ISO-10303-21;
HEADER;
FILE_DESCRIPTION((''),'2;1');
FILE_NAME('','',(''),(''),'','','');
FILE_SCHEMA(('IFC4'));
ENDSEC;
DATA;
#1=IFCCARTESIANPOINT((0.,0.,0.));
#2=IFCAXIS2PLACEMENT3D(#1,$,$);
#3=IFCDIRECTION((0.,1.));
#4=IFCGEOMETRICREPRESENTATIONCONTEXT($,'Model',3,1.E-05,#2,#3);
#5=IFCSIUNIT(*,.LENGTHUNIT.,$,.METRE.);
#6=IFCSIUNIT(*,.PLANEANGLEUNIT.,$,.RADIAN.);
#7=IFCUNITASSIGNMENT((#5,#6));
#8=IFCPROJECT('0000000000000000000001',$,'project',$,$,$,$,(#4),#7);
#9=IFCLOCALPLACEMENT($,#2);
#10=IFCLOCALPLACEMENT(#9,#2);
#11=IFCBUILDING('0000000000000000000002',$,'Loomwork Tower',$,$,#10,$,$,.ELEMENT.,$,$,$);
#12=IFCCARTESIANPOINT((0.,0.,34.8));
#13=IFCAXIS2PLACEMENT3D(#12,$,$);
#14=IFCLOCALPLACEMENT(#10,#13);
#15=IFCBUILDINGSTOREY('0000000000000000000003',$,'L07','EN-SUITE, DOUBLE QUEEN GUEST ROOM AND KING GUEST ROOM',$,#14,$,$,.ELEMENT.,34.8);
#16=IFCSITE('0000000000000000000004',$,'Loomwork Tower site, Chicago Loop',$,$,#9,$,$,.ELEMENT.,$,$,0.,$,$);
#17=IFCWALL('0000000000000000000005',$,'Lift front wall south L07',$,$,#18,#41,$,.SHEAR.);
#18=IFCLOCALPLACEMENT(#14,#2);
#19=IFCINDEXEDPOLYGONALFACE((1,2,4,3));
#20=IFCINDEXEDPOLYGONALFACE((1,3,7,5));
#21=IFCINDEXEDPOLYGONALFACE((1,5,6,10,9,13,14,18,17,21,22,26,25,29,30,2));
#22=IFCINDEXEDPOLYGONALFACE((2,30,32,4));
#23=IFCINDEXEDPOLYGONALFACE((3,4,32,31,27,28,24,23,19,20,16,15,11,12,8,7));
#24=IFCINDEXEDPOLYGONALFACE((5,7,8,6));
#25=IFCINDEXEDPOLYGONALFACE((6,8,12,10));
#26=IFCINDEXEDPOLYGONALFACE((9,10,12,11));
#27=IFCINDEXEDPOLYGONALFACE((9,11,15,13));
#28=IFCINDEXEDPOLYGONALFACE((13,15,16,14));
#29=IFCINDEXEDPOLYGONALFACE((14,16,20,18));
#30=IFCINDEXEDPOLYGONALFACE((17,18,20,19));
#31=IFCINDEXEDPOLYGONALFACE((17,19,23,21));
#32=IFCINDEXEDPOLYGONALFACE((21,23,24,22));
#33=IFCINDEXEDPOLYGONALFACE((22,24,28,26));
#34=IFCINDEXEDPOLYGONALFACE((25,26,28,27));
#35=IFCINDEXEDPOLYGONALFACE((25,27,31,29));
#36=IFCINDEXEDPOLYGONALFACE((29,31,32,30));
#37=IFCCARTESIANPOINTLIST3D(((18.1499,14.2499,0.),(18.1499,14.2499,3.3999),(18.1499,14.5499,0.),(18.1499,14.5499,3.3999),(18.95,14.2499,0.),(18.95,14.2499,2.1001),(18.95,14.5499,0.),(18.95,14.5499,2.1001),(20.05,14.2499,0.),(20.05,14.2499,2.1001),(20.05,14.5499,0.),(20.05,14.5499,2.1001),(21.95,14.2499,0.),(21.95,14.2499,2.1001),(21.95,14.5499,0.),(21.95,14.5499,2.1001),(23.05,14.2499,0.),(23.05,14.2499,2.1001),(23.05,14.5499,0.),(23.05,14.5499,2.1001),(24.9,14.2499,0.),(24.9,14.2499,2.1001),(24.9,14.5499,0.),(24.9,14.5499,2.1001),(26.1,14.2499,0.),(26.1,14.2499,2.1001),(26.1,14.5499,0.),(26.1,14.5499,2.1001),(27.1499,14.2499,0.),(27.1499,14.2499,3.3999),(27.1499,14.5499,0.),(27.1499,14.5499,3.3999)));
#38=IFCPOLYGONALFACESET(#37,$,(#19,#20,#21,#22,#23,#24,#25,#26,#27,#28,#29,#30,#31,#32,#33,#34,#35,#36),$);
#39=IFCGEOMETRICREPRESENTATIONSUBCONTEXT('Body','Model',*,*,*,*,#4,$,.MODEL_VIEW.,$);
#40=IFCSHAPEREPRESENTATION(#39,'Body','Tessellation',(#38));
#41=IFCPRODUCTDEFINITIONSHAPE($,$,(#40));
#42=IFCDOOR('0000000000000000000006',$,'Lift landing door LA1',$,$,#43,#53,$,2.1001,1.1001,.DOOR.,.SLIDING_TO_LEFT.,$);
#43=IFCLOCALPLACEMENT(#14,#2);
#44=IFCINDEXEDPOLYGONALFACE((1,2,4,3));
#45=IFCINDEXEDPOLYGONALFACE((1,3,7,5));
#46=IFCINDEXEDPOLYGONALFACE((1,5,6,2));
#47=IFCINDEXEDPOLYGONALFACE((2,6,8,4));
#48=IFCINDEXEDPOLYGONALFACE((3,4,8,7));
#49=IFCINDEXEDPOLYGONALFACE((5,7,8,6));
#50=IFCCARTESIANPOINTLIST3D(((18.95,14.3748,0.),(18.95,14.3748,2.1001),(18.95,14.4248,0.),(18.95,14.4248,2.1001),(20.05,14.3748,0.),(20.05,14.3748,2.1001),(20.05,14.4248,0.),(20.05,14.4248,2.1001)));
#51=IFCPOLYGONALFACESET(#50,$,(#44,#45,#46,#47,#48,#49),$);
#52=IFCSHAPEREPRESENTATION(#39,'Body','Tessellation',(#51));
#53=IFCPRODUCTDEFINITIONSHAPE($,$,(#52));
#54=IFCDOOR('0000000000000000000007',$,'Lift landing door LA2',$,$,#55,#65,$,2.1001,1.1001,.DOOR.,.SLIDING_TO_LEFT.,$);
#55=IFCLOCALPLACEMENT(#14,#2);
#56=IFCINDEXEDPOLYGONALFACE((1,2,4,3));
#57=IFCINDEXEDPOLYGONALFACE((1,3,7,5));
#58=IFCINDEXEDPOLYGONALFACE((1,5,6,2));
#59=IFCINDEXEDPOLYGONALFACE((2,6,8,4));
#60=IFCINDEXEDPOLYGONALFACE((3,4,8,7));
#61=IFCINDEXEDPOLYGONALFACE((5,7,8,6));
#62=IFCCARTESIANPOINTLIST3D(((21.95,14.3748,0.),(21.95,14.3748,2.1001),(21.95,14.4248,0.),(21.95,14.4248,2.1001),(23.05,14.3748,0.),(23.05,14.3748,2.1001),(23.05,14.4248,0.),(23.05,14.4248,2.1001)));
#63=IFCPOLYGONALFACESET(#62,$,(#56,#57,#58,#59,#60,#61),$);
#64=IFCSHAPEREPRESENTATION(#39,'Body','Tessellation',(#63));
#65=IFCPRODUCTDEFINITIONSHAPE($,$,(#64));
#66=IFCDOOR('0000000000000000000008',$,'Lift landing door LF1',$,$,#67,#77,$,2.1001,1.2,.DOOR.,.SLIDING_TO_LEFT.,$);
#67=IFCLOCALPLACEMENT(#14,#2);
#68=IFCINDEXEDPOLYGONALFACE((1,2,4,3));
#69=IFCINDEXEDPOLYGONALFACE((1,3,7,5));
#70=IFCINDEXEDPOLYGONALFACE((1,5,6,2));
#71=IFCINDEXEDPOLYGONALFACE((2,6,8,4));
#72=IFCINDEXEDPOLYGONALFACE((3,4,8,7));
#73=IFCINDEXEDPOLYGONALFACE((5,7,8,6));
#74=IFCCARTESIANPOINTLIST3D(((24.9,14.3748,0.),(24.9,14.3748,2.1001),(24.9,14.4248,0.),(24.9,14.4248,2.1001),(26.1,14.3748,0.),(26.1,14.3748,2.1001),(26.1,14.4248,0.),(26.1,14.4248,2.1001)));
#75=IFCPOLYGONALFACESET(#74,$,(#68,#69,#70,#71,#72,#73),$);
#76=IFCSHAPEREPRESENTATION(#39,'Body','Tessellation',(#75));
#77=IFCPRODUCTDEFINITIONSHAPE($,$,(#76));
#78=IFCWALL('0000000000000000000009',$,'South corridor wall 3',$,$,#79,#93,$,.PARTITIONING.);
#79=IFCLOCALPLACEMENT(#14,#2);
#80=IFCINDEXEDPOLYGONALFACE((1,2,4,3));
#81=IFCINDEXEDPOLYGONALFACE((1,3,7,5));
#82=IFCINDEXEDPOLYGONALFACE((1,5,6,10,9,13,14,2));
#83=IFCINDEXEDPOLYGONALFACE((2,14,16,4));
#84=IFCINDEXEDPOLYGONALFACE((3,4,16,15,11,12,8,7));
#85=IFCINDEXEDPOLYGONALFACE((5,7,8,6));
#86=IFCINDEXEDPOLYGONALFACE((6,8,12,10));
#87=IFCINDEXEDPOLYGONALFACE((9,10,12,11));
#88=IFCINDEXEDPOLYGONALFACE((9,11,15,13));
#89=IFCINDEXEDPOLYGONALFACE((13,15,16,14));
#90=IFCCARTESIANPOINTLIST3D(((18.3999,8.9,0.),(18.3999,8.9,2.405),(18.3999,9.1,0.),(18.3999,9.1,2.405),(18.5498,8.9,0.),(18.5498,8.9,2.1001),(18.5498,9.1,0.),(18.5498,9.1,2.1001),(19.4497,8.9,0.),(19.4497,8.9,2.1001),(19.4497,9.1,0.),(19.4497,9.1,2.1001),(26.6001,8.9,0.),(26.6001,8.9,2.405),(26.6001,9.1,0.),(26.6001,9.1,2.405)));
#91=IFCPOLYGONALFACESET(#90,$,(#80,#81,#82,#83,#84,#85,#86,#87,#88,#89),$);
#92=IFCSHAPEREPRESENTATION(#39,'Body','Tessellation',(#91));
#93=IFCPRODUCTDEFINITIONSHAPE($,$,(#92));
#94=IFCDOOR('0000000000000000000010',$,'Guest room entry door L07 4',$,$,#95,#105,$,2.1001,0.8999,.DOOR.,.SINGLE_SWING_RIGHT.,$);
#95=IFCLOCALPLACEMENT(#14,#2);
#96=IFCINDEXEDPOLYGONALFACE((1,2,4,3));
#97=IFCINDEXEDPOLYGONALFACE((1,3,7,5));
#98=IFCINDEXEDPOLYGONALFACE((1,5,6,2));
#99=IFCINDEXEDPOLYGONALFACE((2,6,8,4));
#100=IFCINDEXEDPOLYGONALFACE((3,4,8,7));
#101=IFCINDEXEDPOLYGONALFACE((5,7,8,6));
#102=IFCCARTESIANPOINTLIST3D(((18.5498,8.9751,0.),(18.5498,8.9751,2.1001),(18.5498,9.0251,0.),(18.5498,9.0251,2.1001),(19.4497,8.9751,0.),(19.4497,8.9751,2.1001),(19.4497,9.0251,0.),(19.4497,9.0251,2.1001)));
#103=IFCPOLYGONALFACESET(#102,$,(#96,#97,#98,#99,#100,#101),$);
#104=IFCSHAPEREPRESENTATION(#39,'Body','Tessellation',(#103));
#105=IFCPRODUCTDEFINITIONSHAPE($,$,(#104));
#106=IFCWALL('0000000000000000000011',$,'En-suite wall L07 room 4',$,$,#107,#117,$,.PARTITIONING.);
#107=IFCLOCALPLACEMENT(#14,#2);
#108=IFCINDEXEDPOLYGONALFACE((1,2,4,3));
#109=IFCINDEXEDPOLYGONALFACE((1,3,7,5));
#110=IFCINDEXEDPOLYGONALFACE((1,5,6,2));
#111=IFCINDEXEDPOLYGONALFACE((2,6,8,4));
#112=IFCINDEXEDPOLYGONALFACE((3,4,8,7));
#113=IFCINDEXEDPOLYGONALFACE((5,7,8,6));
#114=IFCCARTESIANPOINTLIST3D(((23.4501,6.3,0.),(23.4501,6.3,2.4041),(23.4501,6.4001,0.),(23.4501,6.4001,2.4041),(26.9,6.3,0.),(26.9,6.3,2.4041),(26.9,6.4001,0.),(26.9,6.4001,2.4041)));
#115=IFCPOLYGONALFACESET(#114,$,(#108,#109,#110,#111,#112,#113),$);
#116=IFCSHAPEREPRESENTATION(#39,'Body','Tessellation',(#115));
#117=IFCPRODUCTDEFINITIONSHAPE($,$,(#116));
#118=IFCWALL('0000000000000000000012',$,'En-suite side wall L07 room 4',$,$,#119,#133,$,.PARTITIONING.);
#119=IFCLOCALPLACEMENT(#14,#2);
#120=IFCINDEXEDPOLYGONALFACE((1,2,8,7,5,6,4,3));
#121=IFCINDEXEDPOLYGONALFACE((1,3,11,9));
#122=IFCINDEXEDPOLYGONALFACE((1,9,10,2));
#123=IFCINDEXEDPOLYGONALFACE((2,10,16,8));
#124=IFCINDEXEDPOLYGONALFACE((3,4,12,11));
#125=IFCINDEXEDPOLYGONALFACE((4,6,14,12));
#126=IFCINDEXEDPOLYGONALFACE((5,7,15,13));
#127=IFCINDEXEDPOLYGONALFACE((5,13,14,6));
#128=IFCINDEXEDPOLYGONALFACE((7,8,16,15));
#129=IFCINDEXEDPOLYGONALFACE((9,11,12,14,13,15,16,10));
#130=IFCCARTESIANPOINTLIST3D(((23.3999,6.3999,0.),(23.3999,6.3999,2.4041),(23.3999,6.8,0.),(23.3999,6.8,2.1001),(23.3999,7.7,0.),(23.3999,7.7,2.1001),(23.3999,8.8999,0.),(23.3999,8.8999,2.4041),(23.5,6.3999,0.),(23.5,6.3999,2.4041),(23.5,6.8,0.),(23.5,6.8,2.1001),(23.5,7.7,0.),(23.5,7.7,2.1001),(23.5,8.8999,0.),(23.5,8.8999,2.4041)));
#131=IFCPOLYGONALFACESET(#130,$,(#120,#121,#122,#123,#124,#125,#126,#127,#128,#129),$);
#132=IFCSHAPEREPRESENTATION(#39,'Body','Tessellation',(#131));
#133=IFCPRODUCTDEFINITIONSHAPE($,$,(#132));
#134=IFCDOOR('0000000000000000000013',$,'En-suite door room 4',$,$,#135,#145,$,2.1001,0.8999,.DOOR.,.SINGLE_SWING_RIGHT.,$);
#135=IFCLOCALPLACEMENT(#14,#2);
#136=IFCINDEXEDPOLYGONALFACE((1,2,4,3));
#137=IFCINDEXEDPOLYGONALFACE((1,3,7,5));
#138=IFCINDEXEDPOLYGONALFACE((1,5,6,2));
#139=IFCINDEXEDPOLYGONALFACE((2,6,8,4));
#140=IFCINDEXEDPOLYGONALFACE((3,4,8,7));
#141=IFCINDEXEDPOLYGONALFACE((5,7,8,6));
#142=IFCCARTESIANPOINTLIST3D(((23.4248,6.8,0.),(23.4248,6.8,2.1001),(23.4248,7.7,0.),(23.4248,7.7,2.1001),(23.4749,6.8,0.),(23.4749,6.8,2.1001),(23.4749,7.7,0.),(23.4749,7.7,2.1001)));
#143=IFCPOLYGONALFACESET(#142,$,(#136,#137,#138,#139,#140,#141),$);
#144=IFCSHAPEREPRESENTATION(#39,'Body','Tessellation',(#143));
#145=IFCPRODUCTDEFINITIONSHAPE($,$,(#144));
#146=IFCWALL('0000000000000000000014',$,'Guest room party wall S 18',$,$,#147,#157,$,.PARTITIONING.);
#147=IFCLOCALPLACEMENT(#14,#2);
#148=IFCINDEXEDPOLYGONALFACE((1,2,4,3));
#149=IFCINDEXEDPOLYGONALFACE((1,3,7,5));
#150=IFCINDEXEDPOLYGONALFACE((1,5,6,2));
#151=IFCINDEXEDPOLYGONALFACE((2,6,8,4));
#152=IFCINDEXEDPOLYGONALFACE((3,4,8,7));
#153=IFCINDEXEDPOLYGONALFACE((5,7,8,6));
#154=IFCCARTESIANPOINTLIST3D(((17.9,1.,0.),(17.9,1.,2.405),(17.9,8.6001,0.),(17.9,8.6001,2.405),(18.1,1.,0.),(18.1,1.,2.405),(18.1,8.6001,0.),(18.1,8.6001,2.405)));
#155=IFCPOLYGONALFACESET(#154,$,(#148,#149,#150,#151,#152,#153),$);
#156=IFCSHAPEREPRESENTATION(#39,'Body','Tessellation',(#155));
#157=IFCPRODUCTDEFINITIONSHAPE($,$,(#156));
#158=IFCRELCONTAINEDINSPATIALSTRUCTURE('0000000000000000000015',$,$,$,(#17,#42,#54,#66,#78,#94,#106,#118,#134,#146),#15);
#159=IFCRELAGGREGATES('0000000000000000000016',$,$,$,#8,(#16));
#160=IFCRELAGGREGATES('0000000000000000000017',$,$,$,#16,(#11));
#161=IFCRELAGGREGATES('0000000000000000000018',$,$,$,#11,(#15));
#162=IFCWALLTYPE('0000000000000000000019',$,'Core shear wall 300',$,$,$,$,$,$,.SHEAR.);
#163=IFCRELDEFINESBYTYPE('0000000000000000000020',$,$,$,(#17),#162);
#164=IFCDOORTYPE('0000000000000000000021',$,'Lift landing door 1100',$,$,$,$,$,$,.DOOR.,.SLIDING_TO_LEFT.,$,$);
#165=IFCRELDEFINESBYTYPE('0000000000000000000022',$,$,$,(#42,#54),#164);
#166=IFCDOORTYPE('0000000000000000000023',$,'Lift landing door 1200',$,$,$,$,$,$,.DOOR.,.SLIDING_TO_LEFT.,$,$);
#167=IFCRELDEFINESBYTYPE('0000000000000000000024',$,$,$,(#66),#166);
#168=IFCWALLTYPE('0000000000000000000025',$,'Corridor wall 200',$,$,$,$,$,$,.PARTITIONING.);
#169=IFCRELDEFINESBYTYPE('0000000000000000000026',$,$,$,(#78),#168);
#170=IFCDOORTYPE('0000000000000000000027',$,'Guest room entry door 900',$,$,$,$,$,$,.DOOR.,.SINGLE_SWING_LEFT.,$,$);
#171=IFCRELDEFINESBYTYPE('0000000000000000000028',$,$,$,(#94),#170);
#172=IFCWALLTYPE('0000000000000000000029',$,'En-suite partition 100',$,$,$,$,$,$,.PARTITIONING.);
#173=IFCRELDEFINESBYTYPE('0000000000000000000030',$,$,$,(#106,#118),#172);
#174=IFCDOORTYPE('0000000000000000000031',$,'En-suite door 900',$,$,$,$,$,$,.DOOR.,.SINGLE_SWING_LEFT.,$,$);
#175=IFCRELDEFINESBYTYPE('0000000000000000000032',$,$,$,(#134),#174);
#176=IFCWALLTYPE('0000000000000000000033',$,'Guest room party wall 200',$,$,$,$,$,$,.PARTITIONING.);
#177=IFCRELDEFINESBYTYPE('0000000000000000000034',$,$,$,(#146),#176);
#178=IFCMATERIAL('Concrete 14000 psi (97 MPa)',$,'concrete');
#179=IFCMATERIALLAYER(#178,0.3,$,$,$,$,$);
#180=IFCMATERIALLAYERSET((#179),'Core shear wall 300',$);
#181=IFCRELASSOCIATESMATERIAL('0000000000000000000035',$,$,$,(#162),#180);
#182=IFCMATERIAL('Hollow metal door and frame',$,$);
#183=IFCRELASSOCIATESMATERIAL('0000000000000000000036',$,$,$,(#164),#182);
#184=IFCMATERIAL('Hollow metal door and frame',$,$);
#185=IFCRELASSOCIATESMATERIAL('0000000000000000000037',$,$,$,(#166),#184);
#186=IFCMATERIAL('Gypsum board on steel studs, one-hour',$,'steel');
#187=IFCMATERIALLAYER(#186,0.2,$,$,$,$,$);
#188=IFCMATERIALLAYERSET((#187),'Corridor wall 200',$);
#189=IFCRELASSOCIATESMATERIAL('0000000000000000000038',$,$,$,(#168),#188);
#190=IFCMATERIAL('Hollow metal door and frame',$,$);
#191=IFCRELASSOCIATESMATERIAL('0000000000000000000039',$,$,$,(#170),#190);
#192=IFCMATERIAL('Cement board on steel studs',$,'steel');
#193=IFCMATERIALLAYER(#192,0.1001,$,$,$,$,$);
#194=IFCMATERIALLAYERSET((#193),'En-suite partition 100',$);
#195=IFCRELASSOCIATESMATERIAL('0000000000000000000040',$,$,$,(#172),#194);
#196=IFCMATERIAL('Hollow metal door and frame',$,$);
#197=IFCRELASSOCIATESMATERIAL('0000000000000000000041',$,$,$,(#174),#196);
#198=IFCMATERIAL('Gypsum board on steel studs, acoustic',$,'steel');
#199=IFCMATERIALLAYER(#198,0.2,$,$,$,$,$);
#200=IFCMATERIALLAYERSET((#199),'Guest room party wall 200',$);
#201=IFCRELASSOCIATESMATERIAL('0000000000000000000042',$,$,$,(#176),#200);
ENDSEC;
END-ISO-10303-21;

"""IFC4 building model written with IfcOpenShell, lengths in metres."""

from ifc_helpers import new_model, si_unit, direction, frame, frame_2d, origin, place, context, subcontext, project, spatial, rectangle, extrude, material, layer, layer_set, type_object, element, fill, save


model = new_model("IFC4")

# Units and contexts
model_context = context("Model", 3, precision=1e-05, world=origin(), true_north=direction((0.0, 1.0)))
body_context = subcontext(model_context, "Body", "Model", "MODEL_VIEW")
ifc_project = project(units=[si_unit("LENGTHUNIT", "METRE"), si_unit("PLANEANGLEUNIT", "RADIAN")], contexts=[model_context])

# Site, building, storey
site_placement = place(None, origin())
site = spatial("IfcSite", under=ifc_project, at=site_placement, Name="Loomwork Tower site, Chicago Loop", CompositionType="ELEMENT", RefElevation=0.0)
building_placement = place(site_placement, origin())
building = spatial("IfcBuilding", under=site, at=building_placement, Name="Loomwork Tower", CompositionType="ELEMENT")
storey_placement = place(building_placement, frame((0.0, 0.0, 34.8)))
storey = spatial("IfcBuildingStorey", under=building, at=storey_placement, Name="L07", Description="EN-SUITE, DOUBLE QUEEN GUEST ROOM AND KING GUEST ROOM", CompositionType="ELEMENT", Elevation=34.8)

# Wall, openings, doors
ifc_material_1 = material(Name="Concrete 14000 psi (97 MPa)", Category="concrete")
ifc_layer_1 = layer(ifc_material_1, 0.3)
ifc_layer_set_1 = layer_set([ifc_layer_1], Name="Core shear wall 300")
wall_type_1 = type_object("IfcWallType", Name="Core shear wall 300", PredefinedType="SHEAR", material=ifc_layer_set_1)
wall_1_placement = place(storey_placement, frame((18.1499, 14.3999, 0.0), z_axis=(0.0, 0.0, 1.0), x_axis=(1.0, 0.0, 0.0)))
wall_1 = element("IfcWall", 1, at=wall_1_placement, inside=storey, type_object=wall_type_1, Name="Lift front wall south L07", PredefinedType="SHEAR", context=body_context, shape_type="SweptSolid", body=[
    extrude(rectangle(XDim=9.0, YDim=0.3, at=frame_2d((4.5, 0.0))), origin(), (0.0, 0.0, 1.0), 3.3999),
])
opening_1_placement = place(wall_1_placement, frame((0.8, 0.0, 0.0)))
opening_1 = element("IfcOpeningElement", 2, at=opening_1_placement, cuts=wall_1, PredefinedType="OPENING", context=body_context, shape_type="SweptSolid", body=[
    extrude(rectangle(XDim=1.1001, YDim=2.1001, at=frame_2d((0.55, 1.05))), frame((0.0, 0.1599, 0.0), z_axis=(0.0, -1.0, 0.0), x_axis=(1.0, 0.0, 0.0)), (0.0, 0.0, 1.0), 0.3201),
])
opening_2_placement = place(wall_1_placement, frame((3.8, 0.0, 0.0)))
opening_2 = element("IfcOpeningElement", 3, at=opening_2_placement, cuts=wall_1, PredefinedType="OPENING", context=body_context, shape_type="SweptSolid", body=[
    extrude(rectangle(XDim=1.1001, YDim=2.1001, at=frame_2d((0.55, 1.05))), frame((0.0, 0.1599, 0.0), z_axis=(0.0, -1.0, 0.0), x_axis=(1.0, 0.0, 0.0)), (0.0, 0.0, 1.0), 0.3201),
])
opening_3_placement = place(wall_1_placement, frame((6.75, 0.0, 0.0)))
opening_3 = element("IfcOpeningElement", 4, at=opening_3_placement, cuts=wall_1, PredefinedType="OPENING", context=body_context, shape_type="SweptSolid", body=[
    extrude(rectangle(XDim=1.2, YDim=2.1001, at=frame_2d((0.6001, 1.05))), frame((0.0, 0.1599, 0.0), z_axis=(0.0, -1.0, 0.0), x_axis=(1.0, 0.0, 0.0)), (0.0, 0.0, 1.0), 0.3201),
])
ifc_material_2 = material(Name="Hollow metal door and frame")
door_type_1 = type_object("IfcDoorType", Name="Lift landing door 1100", OperationType="SLIDING_TO_LEFT", PredefinedType="DOOR", material=ifc_material_2)
door_1_placement = place(opening_1_placement, origin())
door_1 = element("IfcDoor", 5, at=door_1_placement, inside=storey, type_object=door_type_1, Name="Lift landing door LA1", OperationType="SLIDING_TO_LEFT", OverallHeight=2.1001, OverallWidth=1.1001, PredefinedType="DOOR", context=body_context, shape_type="SweptSolid", body=[
    extrude(rectangle(XDim=1.1001, YDim=2.1001, at=frame_2d((0.55, 1.05))), frame((0.0, 0.0249, 0.0), z_axis=(0.0, -1.0, 0.0), x_axis=(1.0, 0.0, 0.0)), (0.0, 0.0, 1.0), 0.05),
])
fill(opening_1, door_1)
door_2_placement = place(opening_2_placement, origin())
door_2 = element("IfcDoor", 6, at=door_2_placement, inside=storey, type_object=door_type_1, Name="Lift landing door LA2", OperationType="SLIDING_TO_LEFT", OverallHeight=2.1001, OverallWidth=1.1001, PredefinedType="DOOR", context=body_context, shape_type="SweptSolid", body=[
    extrude(rectangle(XDim=1.1001, YDim=2.1001, at=frame_2d((0.55, 1.05))), frame((0.0, 0.0249, 0.0), z_axis=(0.0, -1.0, 0.0), x_axis=(1.0, 0.0, 0.0)), (0.0, 0.0, 1.0), 0.05),
])
fill(opening_2, door_2)
ifc_material_3 = material(Name="Hollow metal door and frame")
door_type_2 = type_object("IfcDoorType", Name="Lift landing door 1200", OperationType="SLIDING_TO_LEFT", PredefinedType="DOOR", material=ifc_material_3)
door_3_placement = place(opening_3_placement, origin())
door_3 = element("IfcDoor", 7, at=door_3_placement, inside=storey, type_object=door_type_2, Name="Lift landing door LF1", OperationType="SLIDING_TO_LEFT", OverallHeight=2.1001, OverallWidth=1.2, PredefinedType="DOOR", context=body_context, shape_type="SweptSolid", body=[
    extrude(rectangle(XDim=1.2, YDim=2.1001, at=frame_2d((0.6001, 1.05))), frame((0.0, 0.0249, 0.0), z_axis=(0.0, -1.0, 0.0), x_axis=(1.0, 0.0, 0.0)), (0.0, 0.0, 1.0), 0.05),
])
fill(opening_3, door_3)

# Wall, opening, door
ifc_material_4 = material(Name="Gypsum board on steel studs, one-hour", Category="steel")
ifc_layer_2 = layer(ifc_material_4, 0.2)
ifc_layer_set_2 = layer_set([ifc_layer_2], Name="Corridor wall 200")
wall_type_2 = type_object("IfcWallType", Name="Corridor wall 200", PredefinedType="PARTITIONING", material=ifc_layer_set_2)
wall_2_placement = place(storey_placement, frame((18.3999, 9.0, 0.0), z_axis=(0.0, 0.0, 1.0), x_axis=(1.0, 0.0, 0.0)))
wall_2 = element("IfcWall", 8, at=wall_2_placement, inside=storey, type_object=wall_type_2, Name="South corridor wall 3", PredefinedType="PARTITIONING", context=body_context, shape_type="SweptSolid", body=[
    extrude(rectangle(XDim=8.2002, YDim=0.2, at=frame_2d((4.1001, 0.0))), origin(), (0.0, 0.0, 1.0), 2.405),
])
opening_4_placement = place(wall_2_placement, frame((0.1499, 0.0, 0.0)))
opening_4 = element("IfcOpeningElement", 9, at=opening_4_placement, cuts=wall_2, PredefinedType="OPENING", context=body_context, shape_type="SweptSolid", body=[
    extrude(rectangle(XDim=0.8999, YDim=2.1001, at=frame_2d((0.45, 1.05))), frame((0.0, 0.1099, 0.0), z_axis=(0.0, -1.0, 0.0), x_axis=(1.0, 0.0, 0.0)), (0.0, 0.0, 1.0), 0.22),
])
ifc_material_5 = material(Name="Hollow metal door and frame")
door_type_3 = type_object("IfcDoorType", Name="Guest room entry door 900", OperationType="SINGLE_SWING_LEFT", PredefinedType="DOOR", material=ifc_material_5)
door_4_placement = place(opening_4_placement, frame((0.8999, 0.0, 0.0), z_axis=(0.0, 0.0, 1.0), x_axis=(-1.0, 0.0, 0.0)))
door_4 = element("IfcDoor", 10, at=door_4_placement, inside=storey, type_object=door_type_3, Name="Guest room entry door L07 4", OperationType="SINGLE_SWING_RIGHT", OverallHeight=2.1001, OverallWidth=0.8999, PredefinedType="DOOR", context=body_context, shape_type="SweptSolid", body=[
    extrude(rectangle(XDim=0.8999, YDim=2.1001, at=frame_2d((0.45, 1.05))), frame((0.0, 0.0249, 0.0), z_axis=(0.0, -1.0, 0.0), x_axis=(1.0, 0.0, 0.0)), (0.0, 0.0, 1.0), 0.05),
])
fill(opening_4, door_4)

# Wall
ifc_material_6 = material(Name="Cement board on steel studs", Category="steel")
ifc_layer_3 = layer(ifc_material_6, 0.1001)
ifc_layer_set_3 = layer_set([ifc_layer_3], Name="En-suite partition 100")
wall_type_3 = type_object("IfcWallType", Name="En-suite partition 100", PredefinedType="PARTITIONING", material=ifc_layer_set_3)
wall_3_placement = place(storey_placement, frame((23.45, 6.3501, 0.0), z_axis=(0.0, 0.0, 1.0), x_axis=(1.0, 0.0, 0.0)))
element("IfcWall", 11, at=wall_3_placement, inside=storey, type_object=wall_type_3, Name="En-suite wall L07 room 4", PredefinedType="PARTITIONING", context=body_context, shape_type="SweptSolid", body=[
    extrude(rectangle(XDim=3.45, YDim=0.1001, at=frame_2d((1.7251, 0.0))), origin(), (0.0, 0.0, 1.0), 2.4041),
])

# Wall, opening, door
wall_4_placement = place(storey_placement, frame((23.45, 8.8999, 0.0), z_axis=(0.0, 0.0, 1.0), x_axis=(0.0, -1.0, 0.0)))
wall_4 = element("IfcWall", 12, at=wall_4_placement, inside=storey, type_object=wall_type_3, Name="En-suite side wall L07 room 4", PredefinedType="PARTITIONING", context=body_context, shape_type="SweptSolid", body=[
    extrude(rectangle(XDim=2.5, YDim=0.1001, at=frame_2d((1.25, 0.0))), origin(), (0.0, 0.0, 1.0), 2.4041),
])
opening_5_placement = place(wall_4_placement, frame((1.2, 0.0, 0.0)))
opening_5 = element("IfcOpeningElement", 13, at=opening_5_placement, cuts=wall_4, PredefinedType="OPENING", context=body_context, shape_type="SweptSolid", body=[
    extrude(rectangle(XDim=0.8999, YDim=2.1001, at=frame_2d((0.45, 1.05))), frame((0.0, 0.0601, 0.0), z_axis=(0.0, -1.0, 0.0), x_axis=(1.0, 0.0, 0.0)), (0.0, 0.0, 1.0), 0.1201),
])
ifc_material_7 = material(Name="Hollow metal door and frame")
door_type_4 = type_object("IfcDoorType", Name="En-suite door 900", OperationType="SINGLE_SWING_LEFT", PredefinedType="DOOR", material=ifc_material_7)
door_5_placement = place(opening_5_placement, origin())
door_5 = element("IfcDoor", 14, at=door_5_placement, inside=storey, type_object=door_type_4, Name="En-suite door room 4", OperationType="SINGLE_SWING_RIGHT", OverallHeight=2.1001, OverallWidth=0.8999, PredefinedType="DOOR", context=body_context, shape_type="SweptSolid", body=[
    extrude(rectangle(XDim=0.8999, YDim=2.1001, at=frame_2d((0.45, 1.05))), frame((0.0, 0.0249, 0.0), z_axis=(0.0, -1.0, 0.0), x_axis=(1.0, 0.0, 0.0)), (0.0, 0.0, 1.0), 0.05),
])
fill(opening_5, door_5)

# Wall
ifc_material_8 = material(Name="Gypsum board on steel studs, acoustic", Category="steel")
ifc_layer_4 = layer(ifc_material_8, 0.2)
ifc_layer_set_4 = layer_set([ifc_layer_4], Name="Guest room party wall 200")
wall_type_4 = type_object("IfcWallType", Name="Guest room party wall 200", PredefinedType="PARTITIONING", material=ifc_layer_set_4)
wall_5_placement = place(storey_placement, frame((18.0, 8.6001, 0.0), z_axis=(0.0, 0.0, 1.0), x_axis=(0.0, -1.0, 0.0)))
element("IfcWall", 15, at=wall_5_placement, inside=storey, type_object=wall_type_4, Name="Guest room party wall S 18", PredefinedType="PARTITIONING", context=body_context, shape_type="SweptSolid", body=[
    extrude(rectangle(XDim=7.6001, YDim=0.2, at=frame_2d((3.8, 0.0))), origin(), (0.0, 0.0, 1.0), 2.405),
])

save(model, "model.ifc")
